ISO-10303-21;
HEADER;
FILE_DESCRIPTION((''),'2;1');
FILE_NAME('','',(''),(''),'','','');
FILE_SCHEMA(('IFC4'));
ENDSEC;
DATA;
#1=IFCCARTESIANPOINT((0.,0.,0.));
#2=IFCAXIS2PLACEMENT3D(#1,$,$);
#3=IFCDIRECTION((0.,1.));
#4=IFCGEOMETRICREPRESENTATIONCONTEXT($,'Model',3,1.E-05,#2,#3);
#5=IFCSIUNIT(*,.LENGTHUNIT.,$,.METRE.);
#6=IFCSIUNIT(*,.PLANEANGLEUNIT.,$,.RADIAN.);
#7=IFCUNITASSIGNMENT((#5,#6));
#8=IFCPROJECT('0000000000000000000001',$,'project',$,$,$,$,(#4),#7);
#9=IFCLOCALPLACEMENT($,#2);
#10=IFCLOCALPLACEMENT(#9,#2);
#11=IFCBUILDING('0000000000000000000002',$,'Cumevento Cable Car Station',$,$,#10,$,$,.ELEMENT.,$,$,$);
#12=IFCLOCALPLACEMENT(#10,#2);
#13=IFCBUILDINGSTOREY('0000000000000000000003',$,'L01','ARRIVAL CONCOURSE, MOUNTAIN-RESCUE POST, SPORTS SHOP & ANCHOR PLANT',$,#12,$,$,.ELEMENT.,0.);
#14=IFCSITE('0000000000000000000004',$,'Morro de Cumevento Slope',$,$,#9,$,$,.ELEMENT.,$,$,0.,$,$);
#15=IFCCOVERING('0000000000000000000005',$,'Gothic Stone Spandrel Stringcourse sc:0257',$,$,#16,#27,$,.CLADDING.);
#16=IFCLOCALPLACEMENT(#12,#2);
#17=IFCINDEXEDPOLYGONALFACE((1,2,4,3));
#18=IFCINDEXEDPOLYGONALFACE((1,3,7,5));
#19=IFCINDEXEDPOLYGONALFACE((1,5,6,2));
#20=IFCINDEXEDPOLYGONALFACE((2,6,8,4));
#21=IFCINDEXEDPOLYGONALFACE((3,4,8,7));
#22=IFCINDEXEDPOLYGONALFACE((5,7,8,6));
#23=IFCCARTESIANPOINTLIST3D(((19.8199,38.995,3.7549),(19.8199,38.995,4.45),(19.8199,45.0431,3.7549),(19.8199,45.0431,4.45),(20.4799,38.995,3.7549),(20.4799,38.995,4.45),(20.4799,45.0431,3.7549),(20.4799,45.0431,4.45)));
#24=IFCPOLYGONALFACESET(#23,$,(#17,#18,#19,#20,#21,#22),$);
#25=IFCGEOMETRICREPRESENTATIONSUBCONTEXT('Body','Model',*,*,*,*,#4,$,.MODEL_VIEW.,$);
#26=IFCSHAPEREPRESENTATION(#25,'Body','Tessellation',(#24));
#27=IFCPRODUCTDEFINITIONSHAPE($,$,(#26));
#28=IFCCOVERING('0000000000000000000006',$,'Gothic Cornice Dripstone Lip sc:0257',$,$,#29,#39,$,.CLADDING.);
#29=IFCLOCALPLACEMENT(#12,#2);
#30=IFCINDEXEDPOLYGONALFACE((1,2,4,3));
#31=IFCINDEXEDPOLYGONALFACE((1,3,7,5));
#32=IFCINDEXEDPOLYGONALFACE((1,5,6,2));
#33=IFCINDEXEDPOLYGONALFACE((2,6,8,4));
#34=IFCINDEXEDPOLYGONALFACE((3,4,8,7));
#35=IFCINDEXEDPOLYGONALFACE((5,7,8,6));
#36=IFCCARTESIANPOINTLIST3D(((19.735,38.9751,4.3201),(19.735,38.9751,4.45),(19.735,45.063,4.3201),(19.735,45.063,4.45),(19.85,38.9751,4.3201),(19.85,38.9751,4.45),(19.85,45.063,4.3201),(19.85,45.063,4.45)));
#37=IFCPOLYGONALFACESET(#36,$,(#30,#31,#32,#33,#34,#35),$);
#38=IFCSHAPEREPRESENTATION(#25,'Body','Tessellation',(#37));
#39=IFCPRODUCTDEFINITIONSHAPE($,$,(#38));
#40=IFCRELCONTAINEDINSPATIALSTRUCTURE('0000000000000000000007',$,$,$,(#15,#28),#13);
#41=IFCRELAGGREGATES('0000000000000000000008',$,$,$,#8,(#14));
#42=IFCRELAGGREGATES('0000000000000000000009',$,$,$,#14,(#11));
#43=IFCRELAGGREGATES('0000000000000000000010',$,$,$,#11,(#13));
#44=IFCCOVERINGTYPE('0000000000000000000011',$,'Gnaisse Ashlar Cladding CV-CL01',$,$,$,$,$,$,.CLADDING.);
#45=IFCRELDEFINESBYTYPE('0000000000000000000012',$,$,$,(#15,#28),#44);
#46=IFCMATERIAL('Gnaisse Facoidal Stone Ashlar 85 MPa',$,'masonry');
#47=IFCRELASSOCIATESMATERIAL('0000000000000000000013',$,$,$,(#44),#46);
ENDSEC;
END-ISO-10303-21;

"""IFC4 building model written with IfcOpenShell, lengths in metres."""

from ifc_helpers import new_model, si_unit, direction, frame, origin, origin_2d, place, context, subcontext, project, spatial, rectangle, extrude, material, type_object, element, save


model = new_model("IFC4")

# Units and contexts
model_context = context("Model", 3, precision=1e-05, world=origin(), true_north=direction((0.0, 1.0)))
body_context = subcontext(model_context, "Body", "Model", "MODEL_VIEW")
ifc_project = project(units=[si_unit("LENGTHUNIT", "METRE"), si_unit("PLANEANGLEUNIT", "RADIAN")], contexts=[model_context])

# Site, building, storey
site_placement = place(None, origin())
site = spatial("IfcSite", under=ifc_project, at=site_placement, Name="Morro de Cumevento Slope", CompositionType="ELEMENT", RefElevation=0.0)
building_placement = place(site_placement, origin())
building = spatial("IfcBuilding", under=site, at=building_placement, Name="Cumevento Cable Car Station", CompositionType="ELEMENT")
storey_placement = place(building_placement, origin())
storey = spatial("IfcBuildingStorey", under=building, at=storey_placement, Name="L01", Description="ARRIVAL CONCOURSE, MOUNTAIN-RESCUE POST, SPORTS SHOP & ANCHOR PLANT", CompositionType="ELEMENT", Elevation=0.0)

# Coverings
ifc_material_1 = material(Name="Gnaisse Facoidal Stone Ashlar 85 MPa", Category="masonry")
covering_type = type_object("IfcCoveringType", Name="Gnaisse Ashlar Cladding CV-CL01", PredefinedType="CLADDING", material=ifc_material_1)
covering_1_placement = place(storey_placement, frame((20.1499, 42.019, 3.7549), z_axis=(0.0, 0.0, 1.0), x_axis=(0.0, 1.0, 0.0)))
element("IfcCovering", 1, at=covering_1_placement, inside=storey, type_object=covering_type, Name="Gothic Stone Spandrel Stringcourse sc:0257", PredefinedType="CLADDING", context=body_context, shape_type="SweptSolid", body=[
    extrude(rectangle(XDim=6.0481, YDim=0.6599, at=origin_2d()), origin(), (0.0, 0.0, 1.0), 0.6951),
])
covering_2_placement = place(storey_placement, frame((19.7925, 42.019, 4.3201), z_axis=(0.0, 0.0, 1.0), x_axis=(0.0, 1.0, 0.0)))
element("IfcCovering", 2, at=covering_2_placement, inside=storey, type_object=covering_type, Name="Gothic Cornice Dripstone Lip sc:0257", PredefinedType="CLADDING", context=body_context, shape_type="SweptSolid", body=[
    extrude(rectangle(XDim=6.0879, YDim=0.115, at=origin_2d()), origin(), (0.0, 0.0, 1.0), 0.1299),
])

save(model, "model.ifc")
